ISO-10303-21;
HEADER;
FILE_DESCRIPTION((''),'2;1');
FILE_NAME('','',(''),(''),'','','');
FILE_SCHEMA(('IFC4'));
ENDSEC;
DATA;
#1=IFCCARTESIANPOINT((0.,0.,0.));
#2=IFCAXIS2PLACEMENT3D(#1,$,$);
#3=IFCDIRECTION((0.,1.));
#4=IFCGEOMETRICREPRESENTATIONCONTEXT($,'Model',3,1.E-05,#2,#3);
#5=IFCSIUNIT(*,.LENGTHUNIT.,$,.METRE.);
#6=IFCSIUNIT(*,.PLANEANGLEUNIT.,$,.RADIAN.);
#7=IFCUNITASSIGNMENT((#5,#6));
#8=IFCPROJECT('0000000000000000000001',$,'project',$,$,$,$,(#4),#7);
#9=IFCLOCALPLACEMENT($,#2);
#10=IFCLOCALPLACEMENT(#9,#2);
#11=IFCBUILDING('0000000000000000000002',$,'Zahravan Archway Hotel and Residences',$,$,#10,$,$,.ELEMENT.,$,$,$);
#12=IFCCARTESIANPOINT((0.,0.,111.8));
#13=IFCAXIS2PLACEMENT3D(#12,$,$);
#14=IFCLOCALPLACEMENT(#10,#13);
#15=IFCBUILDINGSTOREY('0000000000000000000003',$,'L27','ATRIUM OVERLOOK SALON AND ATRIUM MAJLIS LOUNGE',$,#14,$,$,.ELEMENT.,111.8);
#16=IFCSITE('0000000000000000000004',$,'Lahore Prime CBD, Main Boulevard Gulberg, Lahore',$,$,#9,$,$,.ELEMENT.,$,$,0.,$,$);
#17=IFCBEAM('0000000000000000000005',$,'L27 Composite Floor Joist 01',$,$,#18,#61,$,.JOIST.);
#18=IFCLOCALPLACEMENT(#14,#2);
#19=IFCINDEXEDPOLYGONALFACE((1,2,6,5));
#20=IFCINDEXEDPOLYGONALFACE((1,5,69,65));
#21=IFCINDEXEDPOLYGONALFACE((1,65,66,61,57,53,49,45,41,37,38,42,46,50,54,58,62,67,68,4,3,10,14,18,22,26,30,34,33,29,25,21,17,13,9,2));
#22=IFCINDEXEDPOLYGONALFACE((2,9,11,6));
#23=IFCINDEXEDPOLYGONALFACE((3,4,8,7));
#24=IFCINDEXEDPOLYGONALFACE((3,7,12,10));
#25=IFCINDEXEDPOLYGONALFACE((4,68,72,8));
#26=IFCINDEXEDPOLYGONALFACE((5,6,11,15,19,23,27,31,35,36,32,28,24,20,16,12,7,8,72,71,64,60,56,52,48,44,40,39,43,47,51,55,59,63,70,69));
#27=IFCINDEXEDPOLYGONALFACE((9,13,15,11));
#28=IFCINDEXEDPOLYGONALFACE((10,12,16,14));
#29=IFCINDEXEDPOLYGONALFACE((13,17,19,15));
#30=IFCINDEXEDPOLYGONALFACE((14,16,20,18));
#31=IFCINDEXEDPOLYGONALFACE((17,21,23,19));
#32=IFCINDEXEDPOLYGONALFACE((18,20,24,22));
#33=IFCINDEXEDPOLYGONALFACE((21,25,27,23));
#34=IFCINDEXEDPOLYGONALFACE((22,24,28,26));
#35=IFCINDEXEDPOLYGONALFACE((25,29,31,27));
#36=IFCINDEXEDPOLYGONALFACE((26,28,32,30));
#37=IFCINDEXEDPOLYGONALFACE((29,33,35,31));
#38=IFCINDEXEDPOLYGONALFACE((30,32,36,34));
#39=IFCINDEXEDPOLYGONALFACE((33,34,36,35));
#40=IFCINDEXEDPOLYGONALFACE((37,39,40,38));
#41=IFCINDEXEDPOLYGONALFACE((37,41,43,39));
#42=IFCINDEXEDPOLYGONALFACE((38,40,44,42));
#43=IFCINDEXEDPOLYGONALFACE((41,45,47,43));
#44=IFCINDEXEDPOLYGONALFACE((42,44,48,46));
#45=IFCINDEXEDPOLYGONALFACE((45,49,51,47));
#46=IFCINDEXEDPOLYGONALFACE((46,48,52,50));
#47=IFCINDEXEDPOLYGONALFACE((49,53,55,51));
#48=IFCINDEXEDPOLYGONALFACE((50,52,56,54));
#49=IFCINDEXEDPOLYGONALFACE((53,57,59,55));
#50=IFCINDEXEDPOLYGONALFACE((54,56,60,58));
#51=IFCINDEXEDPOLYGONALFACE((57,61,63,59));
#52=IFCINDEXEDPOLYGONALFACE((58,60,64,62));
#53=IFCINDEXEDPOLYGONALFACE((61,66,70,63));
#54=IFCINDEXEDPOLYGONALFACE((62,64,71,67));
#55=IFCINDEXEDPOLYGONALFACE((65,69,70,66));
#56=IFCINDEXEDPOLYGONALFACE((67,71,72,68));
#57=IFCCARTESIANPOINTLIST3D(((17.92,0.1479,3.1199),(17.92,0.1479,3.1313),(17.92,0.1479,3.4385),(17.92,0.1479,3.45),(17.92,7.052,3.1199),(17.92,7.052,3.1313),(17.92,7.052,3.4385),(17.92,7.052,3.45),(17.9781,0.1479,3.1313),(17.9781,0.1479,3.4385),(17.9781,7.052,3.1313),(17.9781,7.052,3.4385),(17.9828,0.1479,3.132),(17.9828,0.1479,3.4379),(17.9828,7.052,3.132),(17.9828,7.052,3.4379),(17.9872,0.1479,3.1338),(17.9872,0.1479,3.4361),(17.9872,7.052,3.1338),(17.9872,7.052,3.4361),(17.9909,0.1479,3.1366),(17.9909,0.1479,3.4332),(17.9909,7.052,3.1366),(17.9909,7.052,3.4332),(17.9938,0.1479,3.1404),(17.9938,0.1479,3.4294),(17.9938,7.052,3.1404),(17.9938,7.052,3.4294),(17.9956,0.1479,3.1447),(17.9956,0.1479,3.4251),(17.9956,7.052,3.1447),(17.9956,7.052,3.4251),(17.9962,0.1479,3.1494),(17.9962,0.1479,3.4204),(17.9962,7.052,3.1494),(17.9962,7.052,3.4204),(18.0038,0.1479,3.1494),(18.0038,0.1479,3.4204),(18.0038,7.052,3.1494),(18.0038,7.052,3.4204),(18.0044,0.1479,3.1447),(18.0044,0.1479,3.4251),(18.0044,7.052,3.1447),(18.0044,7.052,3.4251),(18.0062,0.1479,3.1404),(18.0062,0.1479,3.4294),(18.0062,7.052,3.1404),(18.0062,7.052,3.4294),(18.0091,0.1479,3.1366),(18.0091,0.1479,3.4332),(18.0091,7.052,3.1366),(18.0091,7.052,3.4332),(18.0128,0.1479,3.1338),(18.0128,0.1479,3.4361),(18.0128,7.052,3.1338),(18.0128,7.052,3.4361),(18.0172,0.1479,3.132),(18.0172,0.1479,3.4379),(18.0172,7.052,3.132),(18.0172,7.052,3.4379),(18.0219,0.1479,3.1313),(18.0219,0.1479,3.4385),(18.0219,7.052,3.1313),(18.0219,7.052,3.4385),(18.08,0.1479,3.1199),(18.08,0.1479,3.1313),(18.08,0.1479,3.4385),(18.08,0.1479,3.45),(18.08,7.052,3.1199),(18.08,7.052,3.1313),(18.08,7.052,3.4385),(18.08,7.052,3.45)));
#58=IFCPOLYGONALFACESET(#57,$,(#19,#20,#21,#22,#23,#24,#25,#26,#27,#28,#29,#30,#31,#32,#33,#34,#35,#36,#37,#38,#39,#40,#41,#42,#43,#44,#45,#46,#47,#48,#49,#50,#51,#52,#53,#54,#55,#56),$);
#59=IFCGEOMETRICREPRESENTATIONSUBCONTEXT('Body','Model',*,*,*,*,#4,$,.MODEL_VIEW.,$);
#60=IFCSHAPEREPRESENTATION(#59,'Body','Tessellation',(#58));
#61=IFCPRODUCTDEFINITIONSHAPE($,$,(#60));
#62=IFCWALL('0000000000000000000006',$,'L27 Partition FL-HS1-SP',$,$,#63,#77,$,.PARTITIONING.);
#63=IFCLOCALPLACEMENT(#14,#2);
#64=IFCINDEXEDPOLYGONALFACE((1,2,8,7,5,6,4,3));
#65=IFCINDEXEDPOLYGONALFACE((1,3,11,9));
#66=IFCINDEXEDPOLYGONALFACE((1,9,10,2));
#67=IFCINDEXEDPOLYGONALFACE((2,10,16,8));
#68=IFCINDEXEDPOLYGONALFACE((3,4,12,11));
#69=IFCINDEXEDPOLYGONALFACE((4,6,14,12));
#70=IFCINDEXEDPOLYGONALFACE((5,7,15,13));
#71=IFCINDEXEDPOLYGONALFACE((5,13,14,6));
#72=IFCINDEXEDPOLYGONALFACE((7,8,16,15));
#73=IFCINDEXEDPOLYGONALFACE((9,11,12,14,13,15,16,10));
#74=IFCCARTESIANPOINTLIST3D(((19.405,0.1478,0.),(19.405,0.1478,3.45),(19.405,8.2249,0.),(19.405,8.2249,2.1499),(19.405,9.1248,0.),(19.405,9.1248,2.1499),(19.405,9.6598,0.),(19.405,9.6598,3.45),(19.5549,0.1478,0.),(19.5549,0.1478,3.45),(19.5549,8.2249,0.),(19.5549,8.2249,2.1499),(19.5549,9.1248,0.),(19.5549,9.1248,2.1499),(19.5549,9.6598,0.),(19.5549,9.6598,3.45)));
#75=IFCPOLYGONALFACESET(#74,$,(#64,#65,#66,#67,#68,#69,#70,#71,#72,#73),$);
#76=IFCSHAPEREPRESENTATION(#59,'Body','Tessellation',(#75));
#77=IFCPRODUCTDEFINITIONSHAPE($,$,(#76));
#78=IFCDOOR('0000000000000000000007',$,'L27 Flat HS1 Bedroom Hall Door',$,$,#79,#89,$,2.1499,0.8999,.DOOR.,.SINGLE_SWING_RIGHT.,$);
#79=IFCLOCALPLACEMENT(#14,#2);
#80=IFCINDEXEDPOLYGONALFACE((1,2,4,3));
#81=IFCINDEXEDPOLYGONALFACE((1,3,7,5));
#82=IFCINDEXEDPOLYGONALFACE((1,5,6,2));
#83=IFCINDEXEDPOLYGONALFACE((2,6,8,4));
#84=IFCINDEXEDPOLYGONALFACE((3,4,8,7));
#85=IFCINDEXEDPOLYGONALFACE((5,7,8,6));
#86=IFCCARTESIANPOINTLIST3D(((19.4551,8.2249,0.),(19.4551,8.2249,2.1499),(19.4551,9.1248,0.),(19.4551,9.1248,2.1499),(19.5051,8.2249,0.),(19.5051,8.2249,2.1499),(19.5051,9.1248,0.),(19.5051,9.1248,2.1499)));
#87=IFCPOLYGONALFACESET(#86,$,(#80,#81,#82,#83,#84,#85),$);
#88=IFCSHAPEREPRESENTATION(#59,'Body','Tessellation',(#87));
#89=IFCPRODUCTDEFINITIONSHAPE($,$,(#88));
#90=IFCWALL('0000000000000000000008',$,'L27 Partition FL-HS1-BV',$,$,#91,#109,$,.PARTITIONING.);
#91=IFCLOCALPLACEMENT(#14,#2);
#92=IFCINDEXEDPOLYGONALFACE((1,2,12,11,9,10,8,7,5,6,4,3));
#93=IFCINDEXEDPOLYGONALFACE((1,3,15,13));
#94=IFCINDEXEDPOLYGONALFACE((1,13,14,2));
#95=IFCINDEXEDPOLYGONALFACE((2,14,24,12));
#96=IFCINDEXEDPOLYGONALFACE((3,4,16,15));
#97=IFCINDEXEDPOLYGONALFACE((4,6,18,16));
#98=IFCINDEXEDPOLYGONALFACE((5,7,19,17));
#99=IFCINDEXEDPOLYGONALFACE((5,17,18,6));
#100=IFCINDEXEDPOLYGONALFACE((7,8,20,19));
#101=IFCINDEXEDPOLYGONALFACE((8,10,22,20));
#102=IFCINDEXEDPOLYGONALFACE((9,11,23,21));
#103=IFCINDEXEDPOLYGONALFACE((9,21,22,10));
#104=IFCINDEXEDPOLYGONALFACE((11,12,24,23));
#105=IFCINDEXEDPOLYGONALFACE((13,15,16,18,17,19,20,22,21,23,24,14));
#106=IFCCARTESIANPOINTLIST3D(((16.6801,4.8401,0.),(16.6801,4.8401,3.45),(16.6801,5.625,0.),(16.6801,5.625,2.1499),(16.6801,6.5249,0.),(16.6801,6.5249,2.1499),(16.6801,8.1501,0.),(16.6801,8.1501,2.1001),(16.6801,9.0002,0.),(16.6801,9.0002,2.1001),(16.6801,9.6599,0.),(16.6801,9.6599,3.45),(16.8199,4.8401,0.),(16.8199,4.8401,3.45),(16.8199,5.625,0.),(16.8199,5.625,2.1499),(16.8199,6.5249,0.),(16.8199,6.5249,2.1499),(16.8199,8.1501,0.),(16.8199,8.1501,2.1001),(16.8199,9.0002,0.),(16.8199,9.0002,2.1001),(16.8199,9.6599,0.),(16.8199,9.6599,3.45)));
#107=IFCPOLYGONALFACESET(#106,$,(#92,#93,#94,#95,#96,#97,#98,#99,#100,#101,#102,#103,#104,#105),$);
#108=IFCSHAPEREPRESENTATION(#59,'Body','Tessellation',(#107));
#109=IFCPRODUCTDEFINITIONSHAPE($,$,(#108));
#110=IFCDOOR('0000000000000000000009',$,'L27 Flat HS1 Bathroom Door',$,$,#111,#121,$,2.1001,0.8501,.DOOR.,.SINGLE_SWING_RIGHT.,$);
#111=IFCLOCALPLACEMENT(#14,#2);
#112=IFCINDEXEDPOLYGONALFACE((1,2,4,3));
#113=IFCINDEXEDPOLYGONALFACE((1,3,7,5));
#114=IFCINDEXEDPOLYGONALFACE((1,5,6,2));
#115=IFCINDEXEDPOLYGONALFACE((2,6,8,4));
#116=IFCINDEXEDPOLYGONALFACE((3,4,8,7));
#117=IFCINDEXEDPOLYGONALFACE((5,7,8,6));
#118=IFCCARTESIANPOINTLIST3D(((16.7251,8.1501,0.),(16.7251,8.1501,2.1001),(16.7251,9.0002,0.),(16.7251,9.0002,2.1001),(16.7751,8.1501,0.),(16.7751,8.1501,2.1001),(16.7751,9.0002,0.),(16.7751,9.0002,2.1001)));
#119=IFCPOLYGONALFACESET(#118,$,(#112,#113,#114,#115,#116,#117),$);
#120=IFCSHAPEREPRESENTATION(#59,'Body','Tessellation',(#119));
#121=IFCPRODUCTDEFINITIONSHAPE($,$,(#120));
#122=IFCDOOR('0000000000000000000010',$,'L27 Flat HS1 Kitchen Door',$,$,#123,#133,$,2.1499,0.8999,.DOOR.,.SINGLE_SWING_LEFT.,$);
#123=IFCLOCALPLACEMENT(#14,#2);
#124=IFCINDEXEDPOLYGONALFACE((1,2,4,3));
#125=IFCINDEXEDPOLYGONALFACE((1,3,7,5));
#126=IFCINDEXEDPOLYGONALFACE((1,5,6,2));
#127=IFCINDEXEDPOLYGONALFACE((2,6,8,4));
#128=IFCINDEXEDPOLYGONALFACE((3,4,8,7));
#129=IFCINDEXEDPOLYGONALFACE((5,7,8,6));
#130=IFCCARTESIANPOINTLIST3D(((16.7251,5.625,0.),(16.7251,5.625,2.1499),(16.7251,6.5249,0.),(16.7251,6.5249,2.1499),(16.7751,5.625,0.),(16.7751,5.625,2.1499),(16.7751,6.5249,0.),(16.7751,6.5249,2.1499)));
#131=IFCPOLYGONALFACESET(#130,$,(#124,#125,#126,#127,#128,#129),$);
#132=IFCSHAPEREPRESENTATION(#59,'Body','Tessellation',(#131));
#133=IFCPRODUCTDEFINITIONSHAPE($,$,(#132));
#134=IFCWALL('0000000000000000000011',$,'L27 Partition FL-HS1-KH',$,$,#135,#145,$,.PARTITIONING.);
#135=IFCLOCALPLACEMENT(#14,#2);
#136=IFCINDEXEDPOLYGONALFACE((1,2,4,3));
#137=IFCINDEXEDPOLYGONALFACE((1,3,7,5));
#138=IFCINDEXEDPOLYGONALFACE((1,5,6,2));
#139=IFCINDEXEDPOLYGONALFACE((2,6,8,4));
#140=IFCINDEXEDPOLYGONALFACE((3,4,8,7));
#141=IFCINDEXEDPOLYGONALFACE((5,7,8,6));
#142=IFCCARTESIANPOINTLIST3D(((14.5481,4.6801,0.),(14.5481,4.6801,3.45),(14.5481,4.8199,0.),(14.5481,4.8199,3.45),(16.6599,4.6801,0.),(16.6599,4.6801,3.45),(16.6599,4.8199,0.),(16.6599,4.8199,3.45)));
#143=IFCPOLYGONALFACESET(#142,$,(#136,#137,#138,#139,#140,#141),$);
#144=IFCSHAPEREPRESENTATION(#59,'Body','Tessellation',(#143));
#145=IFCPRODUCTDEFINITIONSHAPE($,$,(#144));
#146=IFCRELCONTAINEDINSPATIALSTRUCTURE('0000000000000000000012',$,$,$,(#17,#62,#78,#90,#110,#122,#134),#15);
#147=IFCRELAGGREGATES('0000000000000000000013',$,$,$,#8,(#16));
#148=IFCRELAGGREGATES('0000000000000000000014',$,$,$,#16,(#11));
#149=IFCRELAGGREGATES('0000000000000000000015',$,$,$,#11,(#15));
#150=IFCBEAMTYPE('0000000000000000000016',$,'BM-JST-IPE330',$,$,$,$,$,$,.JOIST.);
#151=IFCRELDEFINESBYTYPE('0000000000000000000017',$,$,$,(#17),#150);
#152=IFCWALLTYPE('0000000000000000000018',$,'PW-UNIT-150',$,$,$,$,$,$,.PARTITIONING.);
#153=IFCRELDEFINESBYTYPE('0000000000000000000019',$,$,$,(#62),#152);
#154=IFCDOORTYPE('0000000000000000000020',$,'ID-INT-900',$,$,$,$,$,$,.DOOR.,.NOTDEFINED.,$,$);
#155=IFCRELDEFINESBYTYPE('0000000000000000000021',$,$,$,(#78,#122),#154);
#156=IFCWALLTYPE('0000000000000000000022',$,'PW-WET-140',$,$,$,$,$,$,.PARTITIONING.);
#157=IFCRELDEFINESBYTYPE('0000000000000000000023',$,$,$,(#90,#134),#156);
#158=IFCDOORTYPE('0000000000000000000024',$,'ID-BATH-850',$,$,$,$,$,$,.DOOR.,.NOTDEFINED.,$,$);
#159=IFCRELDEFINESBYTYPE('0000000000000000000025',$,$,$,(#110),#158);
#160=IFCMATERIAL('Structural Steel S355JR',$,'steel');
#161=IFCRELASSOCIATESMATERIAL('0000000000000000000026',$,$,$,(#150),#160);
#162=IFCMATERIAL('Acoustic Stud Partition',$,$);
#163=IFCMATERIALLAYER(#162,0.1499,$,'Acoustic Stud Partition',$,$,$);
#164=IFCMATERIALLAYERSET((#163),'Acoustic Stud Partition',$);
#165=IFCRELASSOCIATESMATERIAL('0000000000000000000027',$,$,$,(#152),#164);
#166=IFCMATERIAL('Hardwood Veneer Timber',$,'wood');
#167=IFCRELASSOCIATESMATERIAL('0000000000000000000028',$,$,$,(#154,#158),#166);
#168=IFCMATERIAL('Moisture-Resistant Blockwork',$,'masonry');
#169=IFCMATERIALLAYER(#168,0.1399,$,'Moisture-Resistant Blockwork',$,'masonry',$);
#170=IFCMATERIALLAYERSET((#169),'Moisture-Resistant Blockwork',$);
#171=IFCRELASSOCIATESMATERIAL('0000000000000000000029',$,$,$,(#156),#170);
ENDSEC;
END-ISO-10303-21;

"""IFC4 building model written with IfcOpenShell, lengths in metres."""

from ifc_helpers import new_model, si_unit, direction, frame, frame_2d, origin, origin_2d, place, context, subcontext, project, spatial, rectangle, i_section, extrude, source, transform, mapped, material, layer, layer_set, material_profile, profile_set, type_object, type_shapes, element, fill, save


model = new_model("IFC4")

# Units and contexts
model_context = context("Model", 3, precision=1e-05, world=origin(), true_north=direction((0.0, 1.0)))
body_context = subcontext(model_context, "Body", "Model", "MODEL_VIEW")
ifc_project = project(units=[si_unit("LENGTHUNIT", "METRE"), si_unit("PLANEANGLEUNIT", "RADIAN")], contexts=[model_context])

# Site, building, storey
site_placement = place(None, origin())
site = spatial("IfcSite", under=ifc_project, at=site_placement, Name="Lahore Prime CBD, Main Boulevard Gulberg, Lahore", CompositionType="ELEMENT", RefElevation=0.0)
building_placement = place(site_placement, origin())
building = spatial("IfcBuilding", under=site, at=building_placement, Name="Zahravan Archway Hotel and Residences", CompositionType="ELEMENT")
storey_placement = place(building_placement, frame((0.0, 0.0, 111.8)))
storey = spatial("IfcBuildingStorey", under=building, at=storey_placement, Name="L27", Description="ATRIUM OVERLOOK SALON AND ATRIUM MAJLIS LOUNGE", CompositionType="ELEMENT", Elevation=111.8)

# Beam
ifc_material_1 = material(Name="Structural Steel S355JR", Category="steel")
ifc_material_profile_1 = material_profile(ifc_material_1, i_section(OverallWidth=0.1599, OverallDepth=0.3301, WebThickness=0.0076, FlangeThickness=0.0115, FilletRadius=0.0181, at=origin_2d()), Name="IPE 330", Category="steel")
ifc_profile_set_1 = profile_set([ifc_material_profile_1], Name="Structural Steel S355JR")
beam_type_1 = type_object("IfcBeamType", Name="BM-JST-IPE330", PredefinedType="JOIST", material=ifc_profile_set_1)
shared_shape_1 = source(origin(), body_context, "Body", "SweptSolid", [
    extrude(i_section(OverallWidth=0.1599, OverallDepth=0.3301, WebThickness=0.0076, FlangeThickness=0.0115, FilletRadius=0.0181, at=origin_2d()), origin(), (0.0, 0.0, 1.0), 6.9041),
])
type_shapes(beam_type_1, [shared_shape_1])
beam_1_placement = place(storey_placement, frame((18.0, 0.1479, 3.2849), z_axis=(0.0, 1.0, 0.0), x_axis=(-1.0, 0.0, 0.0)))
element("IfcBeam", 1, at=beam_1_placement, inside=storey, type_object=beam_type_1, Name="L27 Composite Floor Joist 01", PredefinedType="JOIST", context=body_context, shape_type="MappedRepresentation", body=[
    mapped(shared_shape_1, transform((0.0, 0.0, 0.0), scale=1.0)),
])

# Wall, opening, door
ifc_material_2 = material(Name="Acoustic Stud Partition")
ifc_layer_1 = layer(ifc_material_2, 0.1499, Name="Acoustic Stud Partition")
ifc_layer_set_1 = layer_set([ifc_layer_1], Name="Acoustic Stud Partition")
wall_type_1 = type_object("IfcWallType", Name="PW-UNIT-150", PredefinedType="PARTITIONING", material=ifc_layer_set_1)
wall_1_placement = place(storey_placement, frame((19.48, 0.1479, 0.0), z_axis=(0.0, 0.0, 1.0), x_axis=(0.0, 1.0, 0.0)))
wall_1 = element("IfcWall", 2, at=wall_1_placement, inside=storey, type_object=wall_type_1, Name="L27 Partition FL-HS1-SP", PredefinedType="PARTITIONING", context=body_context, shape_type="SweptSolid", body=[
    extrude(rectangle(XDim=9.512, YDim=0.1499, at=frame_2d((4.7559, 0.0))), origin(), (0.0, 0.0, 1.0), 3.45),
])
opening_1_placement = place(wall_1_placement, frame((8.0769, 0.0, 0.0)))
opening_1 = element("IfcOpeningElement", 3, at=opening_1_placement, cuts=wall_1, PredefinedType="OPENING", context=body_context, shape_type="SweptSolid", body=[
    extrude(rectangle(XDim=0.8999, YDim=2.1499, at=frame_2d((0.45, 1.075))), frame((0.0, 0.085, 0.0), z_axis=(0.0, -1.0, 0.0), x_axis=(1.0, 0.0, 0.0)), (0.0, 0.0, 1.0), 0.1699),
])
ifc_material_3 = material(Name="Hardwood Veneer Timber", Category="wood")
door_type_1 = type_object("IfcDoorType", Name="ID-INT-900", OperationType="NOTDEFINED", PredefinedType="DOOR", material=ifc_material_3)
shared_shape_2 = source(origin(), body_context, "Body", "SweptSolid", [
    extrude(rectangle(XDim=0.8999, YDim=2.1499, at=frame_2d((0.45, 1.075))), frame((0.0, 0.0249, 0.0), z_axis=(0.0, -1.0, 0.0), x_axis=(1.0, 0.0, 0.0)), (0.0, 0.0, 1.0), 0.05),
])
type_shapes(door_type_1, [shared_shape_2])
door_1_placement = place(opening_1_placement, origin())
door_1 = element("IfcDoor", 4, at=door_1_placement, inside=storey, type_object=door_type_1, Name="L27 Flat HS1 Bedroom Hall Door", OperationType="SINGLE_SWING_RIGHT", OverallHeight=2.1499, OverallWidth=0.8999, PredefinedType="DOOR", context=body_context, shape_type="MappedRepresentation", body=[
    mapped(shared_shape_2, transform((0.0, 0.0, 0.0), scale=1.0)),
])
fill(opening_1, door_1)

# Wall, openings, doors
ifc_material_4 = material(Name="Moisture-Resistant Blockwork", Category="masonry")
ifc_layer_2 = layer(ifc_material_4, 0.1399, Name="Moisture-Resistant Blockwork", Category="masonry")
ifc_layer_set_2 = layer_set([ifc_layer_2], Name="Moisture-Resistant Blockwork")
wall_type_2 = type_object("IfcWallType", Name="PW-WET-140", PredefinedType="PARTITIONING", material=ifc_layer_set_2)
wall_2_placement = place(storey_placement, frame((16.75, 4.8401, 0.0), z_axis=(0.0, 0.0, 1.0), x_axis=(0.0, 1.0, 0.0)))
wall_2 = element("IfcWall", 5, at=wall_2_placement, inside=storey, type_object=wall_type_2, Name="L27 Partition FL-HS1-BV", PredefinedType="PARTITIONING", context=body_context, shape_type="SweptSolid", body=[
    extrude(rectangle(XDim=4.8198, YDim=0.1399, at=frame_2d((2.4099, 0.0))), origin(), (0.0, 0.0, 1.0), 3.45),
])
opening_2_placement = place(wall_2_placement, frame((0.7849, 0.0, 0.0)))
opening_2 = element("IfcOpeningElement", 6, at=opening_2_placement, cuts=wall_2, PredefinedType="OPENING", context=body_context, shape_type="SweptSolid", body=[
    extrude(rectangle(XDim=0.8999, YDim=2.1499, at=frame_2d((0.45, 1.075))), frame((0.0, 0.0801, 0.0), z_axis=(0.0, -1.0, 0.0), x_axis=(1.0, 0.0, 0.0)), (0.0, 0.0, 1.0), 0.1599),
])
opening_3_placement = place(wall_2_placement, frame((3.3101, 0.0, 0.0)))
opening_3 = element("IfcOpeningElement", 7, at=opening_3_placement, cuts=wall_2, PredefinedType="OPENING", context=body_context, shape_type="SweptSolid", body=[
    extrude(rectangle(XDim=0.8501, YDim=2.1001, at=frame_2d((0.425, 1.05))), frame((0.0, 0.0801, 0.0), z_axis=(0.0, -1.0, 0.0), x_axis=(1.0, 0.0, 0.0)), (0.0, 0.0, 1.0), 0.1599),
])
door_type_2 = type_object("IfcDoorType", Name="ID-BATH-850", OperationType="NOTDEFINED", PredefinedType="DOOR", material=ifc_material_3)
shared_shape_3 = source(origin(), body_context, "Body", "SweptSolid", [
    extrude(rectangle(XDim=0.8501, YDim=2.1001, at=frame_2d((0.425, 1.05))), frame((0.0, 0.0249, 0.0), z_axis=(0.0, -1.0, 0.0), x_axis=(1.0, 0.0, 0.0)), (0.0, 0.0, 1.0), 0.05),
])
type_shapes(door_type_2, [shared_shape_3])
door_2_placement = place(opening_3_placement, origin())
door_2 = element("IfcDoor", 8, at=door_2_placement, inside=storey, type_object=door_type_2, Name="L27 Flat HS1 Bathroom Door", OperationType="SINGLE_SWING_RIGHT", OverallHeight=2.1001, OverallWidth=0.8501, PredefinedType="DOOR", context=body_context, shape_type="MappedRepresentation", body=[
    mapped(shared_shape_3, transform((0.0, 0.0, 0.0), scale=1.0)),
])
fill(opening_3, door_2)
door_3_placement = place(opening_2_placement, origin())
door_3 = element("IfcDoor", 9, at=door_3_placement, inside=storey, type_object=door_type_1, Name="L27 Flat HS1 Kitchen Door", OperationType="SINGLE_SWING_LEFT", OverallHeight=2.1499, OverallWidth=0.8999, PredefinedType="DOOR", context=body_context, shape_type="MappedRepresentation", body=[
    mapped(shared_shape_2, transform((0.0, 0.0, 0.0), scale=1.0)),
])
fill(opening_2, door_3)

# Wall
wall_3_placement = place(storey_placement, frame((14.5481, 4.75, 0.0), z_axis=(0.0, 0.0, 1.0), x_axis=(1.0, 0.0, 0.0)))
element("IfcWall", 10, at=wall_3_placement, inside=storey, type_object=wall_type_2, Name="L27 Partition FL-HS1-KH", PredefinedType="PARTITIONING", context=body_context, shape_type="SweptSolid", body=[
    extrude(rectangle(XDim=2.1118, YDim=0.1399, at=frame_2d((1.0559, 0.0))), origin(), (0.0, 0.0, 1.0), 3.45),
])

save(model, "model.ifc")
